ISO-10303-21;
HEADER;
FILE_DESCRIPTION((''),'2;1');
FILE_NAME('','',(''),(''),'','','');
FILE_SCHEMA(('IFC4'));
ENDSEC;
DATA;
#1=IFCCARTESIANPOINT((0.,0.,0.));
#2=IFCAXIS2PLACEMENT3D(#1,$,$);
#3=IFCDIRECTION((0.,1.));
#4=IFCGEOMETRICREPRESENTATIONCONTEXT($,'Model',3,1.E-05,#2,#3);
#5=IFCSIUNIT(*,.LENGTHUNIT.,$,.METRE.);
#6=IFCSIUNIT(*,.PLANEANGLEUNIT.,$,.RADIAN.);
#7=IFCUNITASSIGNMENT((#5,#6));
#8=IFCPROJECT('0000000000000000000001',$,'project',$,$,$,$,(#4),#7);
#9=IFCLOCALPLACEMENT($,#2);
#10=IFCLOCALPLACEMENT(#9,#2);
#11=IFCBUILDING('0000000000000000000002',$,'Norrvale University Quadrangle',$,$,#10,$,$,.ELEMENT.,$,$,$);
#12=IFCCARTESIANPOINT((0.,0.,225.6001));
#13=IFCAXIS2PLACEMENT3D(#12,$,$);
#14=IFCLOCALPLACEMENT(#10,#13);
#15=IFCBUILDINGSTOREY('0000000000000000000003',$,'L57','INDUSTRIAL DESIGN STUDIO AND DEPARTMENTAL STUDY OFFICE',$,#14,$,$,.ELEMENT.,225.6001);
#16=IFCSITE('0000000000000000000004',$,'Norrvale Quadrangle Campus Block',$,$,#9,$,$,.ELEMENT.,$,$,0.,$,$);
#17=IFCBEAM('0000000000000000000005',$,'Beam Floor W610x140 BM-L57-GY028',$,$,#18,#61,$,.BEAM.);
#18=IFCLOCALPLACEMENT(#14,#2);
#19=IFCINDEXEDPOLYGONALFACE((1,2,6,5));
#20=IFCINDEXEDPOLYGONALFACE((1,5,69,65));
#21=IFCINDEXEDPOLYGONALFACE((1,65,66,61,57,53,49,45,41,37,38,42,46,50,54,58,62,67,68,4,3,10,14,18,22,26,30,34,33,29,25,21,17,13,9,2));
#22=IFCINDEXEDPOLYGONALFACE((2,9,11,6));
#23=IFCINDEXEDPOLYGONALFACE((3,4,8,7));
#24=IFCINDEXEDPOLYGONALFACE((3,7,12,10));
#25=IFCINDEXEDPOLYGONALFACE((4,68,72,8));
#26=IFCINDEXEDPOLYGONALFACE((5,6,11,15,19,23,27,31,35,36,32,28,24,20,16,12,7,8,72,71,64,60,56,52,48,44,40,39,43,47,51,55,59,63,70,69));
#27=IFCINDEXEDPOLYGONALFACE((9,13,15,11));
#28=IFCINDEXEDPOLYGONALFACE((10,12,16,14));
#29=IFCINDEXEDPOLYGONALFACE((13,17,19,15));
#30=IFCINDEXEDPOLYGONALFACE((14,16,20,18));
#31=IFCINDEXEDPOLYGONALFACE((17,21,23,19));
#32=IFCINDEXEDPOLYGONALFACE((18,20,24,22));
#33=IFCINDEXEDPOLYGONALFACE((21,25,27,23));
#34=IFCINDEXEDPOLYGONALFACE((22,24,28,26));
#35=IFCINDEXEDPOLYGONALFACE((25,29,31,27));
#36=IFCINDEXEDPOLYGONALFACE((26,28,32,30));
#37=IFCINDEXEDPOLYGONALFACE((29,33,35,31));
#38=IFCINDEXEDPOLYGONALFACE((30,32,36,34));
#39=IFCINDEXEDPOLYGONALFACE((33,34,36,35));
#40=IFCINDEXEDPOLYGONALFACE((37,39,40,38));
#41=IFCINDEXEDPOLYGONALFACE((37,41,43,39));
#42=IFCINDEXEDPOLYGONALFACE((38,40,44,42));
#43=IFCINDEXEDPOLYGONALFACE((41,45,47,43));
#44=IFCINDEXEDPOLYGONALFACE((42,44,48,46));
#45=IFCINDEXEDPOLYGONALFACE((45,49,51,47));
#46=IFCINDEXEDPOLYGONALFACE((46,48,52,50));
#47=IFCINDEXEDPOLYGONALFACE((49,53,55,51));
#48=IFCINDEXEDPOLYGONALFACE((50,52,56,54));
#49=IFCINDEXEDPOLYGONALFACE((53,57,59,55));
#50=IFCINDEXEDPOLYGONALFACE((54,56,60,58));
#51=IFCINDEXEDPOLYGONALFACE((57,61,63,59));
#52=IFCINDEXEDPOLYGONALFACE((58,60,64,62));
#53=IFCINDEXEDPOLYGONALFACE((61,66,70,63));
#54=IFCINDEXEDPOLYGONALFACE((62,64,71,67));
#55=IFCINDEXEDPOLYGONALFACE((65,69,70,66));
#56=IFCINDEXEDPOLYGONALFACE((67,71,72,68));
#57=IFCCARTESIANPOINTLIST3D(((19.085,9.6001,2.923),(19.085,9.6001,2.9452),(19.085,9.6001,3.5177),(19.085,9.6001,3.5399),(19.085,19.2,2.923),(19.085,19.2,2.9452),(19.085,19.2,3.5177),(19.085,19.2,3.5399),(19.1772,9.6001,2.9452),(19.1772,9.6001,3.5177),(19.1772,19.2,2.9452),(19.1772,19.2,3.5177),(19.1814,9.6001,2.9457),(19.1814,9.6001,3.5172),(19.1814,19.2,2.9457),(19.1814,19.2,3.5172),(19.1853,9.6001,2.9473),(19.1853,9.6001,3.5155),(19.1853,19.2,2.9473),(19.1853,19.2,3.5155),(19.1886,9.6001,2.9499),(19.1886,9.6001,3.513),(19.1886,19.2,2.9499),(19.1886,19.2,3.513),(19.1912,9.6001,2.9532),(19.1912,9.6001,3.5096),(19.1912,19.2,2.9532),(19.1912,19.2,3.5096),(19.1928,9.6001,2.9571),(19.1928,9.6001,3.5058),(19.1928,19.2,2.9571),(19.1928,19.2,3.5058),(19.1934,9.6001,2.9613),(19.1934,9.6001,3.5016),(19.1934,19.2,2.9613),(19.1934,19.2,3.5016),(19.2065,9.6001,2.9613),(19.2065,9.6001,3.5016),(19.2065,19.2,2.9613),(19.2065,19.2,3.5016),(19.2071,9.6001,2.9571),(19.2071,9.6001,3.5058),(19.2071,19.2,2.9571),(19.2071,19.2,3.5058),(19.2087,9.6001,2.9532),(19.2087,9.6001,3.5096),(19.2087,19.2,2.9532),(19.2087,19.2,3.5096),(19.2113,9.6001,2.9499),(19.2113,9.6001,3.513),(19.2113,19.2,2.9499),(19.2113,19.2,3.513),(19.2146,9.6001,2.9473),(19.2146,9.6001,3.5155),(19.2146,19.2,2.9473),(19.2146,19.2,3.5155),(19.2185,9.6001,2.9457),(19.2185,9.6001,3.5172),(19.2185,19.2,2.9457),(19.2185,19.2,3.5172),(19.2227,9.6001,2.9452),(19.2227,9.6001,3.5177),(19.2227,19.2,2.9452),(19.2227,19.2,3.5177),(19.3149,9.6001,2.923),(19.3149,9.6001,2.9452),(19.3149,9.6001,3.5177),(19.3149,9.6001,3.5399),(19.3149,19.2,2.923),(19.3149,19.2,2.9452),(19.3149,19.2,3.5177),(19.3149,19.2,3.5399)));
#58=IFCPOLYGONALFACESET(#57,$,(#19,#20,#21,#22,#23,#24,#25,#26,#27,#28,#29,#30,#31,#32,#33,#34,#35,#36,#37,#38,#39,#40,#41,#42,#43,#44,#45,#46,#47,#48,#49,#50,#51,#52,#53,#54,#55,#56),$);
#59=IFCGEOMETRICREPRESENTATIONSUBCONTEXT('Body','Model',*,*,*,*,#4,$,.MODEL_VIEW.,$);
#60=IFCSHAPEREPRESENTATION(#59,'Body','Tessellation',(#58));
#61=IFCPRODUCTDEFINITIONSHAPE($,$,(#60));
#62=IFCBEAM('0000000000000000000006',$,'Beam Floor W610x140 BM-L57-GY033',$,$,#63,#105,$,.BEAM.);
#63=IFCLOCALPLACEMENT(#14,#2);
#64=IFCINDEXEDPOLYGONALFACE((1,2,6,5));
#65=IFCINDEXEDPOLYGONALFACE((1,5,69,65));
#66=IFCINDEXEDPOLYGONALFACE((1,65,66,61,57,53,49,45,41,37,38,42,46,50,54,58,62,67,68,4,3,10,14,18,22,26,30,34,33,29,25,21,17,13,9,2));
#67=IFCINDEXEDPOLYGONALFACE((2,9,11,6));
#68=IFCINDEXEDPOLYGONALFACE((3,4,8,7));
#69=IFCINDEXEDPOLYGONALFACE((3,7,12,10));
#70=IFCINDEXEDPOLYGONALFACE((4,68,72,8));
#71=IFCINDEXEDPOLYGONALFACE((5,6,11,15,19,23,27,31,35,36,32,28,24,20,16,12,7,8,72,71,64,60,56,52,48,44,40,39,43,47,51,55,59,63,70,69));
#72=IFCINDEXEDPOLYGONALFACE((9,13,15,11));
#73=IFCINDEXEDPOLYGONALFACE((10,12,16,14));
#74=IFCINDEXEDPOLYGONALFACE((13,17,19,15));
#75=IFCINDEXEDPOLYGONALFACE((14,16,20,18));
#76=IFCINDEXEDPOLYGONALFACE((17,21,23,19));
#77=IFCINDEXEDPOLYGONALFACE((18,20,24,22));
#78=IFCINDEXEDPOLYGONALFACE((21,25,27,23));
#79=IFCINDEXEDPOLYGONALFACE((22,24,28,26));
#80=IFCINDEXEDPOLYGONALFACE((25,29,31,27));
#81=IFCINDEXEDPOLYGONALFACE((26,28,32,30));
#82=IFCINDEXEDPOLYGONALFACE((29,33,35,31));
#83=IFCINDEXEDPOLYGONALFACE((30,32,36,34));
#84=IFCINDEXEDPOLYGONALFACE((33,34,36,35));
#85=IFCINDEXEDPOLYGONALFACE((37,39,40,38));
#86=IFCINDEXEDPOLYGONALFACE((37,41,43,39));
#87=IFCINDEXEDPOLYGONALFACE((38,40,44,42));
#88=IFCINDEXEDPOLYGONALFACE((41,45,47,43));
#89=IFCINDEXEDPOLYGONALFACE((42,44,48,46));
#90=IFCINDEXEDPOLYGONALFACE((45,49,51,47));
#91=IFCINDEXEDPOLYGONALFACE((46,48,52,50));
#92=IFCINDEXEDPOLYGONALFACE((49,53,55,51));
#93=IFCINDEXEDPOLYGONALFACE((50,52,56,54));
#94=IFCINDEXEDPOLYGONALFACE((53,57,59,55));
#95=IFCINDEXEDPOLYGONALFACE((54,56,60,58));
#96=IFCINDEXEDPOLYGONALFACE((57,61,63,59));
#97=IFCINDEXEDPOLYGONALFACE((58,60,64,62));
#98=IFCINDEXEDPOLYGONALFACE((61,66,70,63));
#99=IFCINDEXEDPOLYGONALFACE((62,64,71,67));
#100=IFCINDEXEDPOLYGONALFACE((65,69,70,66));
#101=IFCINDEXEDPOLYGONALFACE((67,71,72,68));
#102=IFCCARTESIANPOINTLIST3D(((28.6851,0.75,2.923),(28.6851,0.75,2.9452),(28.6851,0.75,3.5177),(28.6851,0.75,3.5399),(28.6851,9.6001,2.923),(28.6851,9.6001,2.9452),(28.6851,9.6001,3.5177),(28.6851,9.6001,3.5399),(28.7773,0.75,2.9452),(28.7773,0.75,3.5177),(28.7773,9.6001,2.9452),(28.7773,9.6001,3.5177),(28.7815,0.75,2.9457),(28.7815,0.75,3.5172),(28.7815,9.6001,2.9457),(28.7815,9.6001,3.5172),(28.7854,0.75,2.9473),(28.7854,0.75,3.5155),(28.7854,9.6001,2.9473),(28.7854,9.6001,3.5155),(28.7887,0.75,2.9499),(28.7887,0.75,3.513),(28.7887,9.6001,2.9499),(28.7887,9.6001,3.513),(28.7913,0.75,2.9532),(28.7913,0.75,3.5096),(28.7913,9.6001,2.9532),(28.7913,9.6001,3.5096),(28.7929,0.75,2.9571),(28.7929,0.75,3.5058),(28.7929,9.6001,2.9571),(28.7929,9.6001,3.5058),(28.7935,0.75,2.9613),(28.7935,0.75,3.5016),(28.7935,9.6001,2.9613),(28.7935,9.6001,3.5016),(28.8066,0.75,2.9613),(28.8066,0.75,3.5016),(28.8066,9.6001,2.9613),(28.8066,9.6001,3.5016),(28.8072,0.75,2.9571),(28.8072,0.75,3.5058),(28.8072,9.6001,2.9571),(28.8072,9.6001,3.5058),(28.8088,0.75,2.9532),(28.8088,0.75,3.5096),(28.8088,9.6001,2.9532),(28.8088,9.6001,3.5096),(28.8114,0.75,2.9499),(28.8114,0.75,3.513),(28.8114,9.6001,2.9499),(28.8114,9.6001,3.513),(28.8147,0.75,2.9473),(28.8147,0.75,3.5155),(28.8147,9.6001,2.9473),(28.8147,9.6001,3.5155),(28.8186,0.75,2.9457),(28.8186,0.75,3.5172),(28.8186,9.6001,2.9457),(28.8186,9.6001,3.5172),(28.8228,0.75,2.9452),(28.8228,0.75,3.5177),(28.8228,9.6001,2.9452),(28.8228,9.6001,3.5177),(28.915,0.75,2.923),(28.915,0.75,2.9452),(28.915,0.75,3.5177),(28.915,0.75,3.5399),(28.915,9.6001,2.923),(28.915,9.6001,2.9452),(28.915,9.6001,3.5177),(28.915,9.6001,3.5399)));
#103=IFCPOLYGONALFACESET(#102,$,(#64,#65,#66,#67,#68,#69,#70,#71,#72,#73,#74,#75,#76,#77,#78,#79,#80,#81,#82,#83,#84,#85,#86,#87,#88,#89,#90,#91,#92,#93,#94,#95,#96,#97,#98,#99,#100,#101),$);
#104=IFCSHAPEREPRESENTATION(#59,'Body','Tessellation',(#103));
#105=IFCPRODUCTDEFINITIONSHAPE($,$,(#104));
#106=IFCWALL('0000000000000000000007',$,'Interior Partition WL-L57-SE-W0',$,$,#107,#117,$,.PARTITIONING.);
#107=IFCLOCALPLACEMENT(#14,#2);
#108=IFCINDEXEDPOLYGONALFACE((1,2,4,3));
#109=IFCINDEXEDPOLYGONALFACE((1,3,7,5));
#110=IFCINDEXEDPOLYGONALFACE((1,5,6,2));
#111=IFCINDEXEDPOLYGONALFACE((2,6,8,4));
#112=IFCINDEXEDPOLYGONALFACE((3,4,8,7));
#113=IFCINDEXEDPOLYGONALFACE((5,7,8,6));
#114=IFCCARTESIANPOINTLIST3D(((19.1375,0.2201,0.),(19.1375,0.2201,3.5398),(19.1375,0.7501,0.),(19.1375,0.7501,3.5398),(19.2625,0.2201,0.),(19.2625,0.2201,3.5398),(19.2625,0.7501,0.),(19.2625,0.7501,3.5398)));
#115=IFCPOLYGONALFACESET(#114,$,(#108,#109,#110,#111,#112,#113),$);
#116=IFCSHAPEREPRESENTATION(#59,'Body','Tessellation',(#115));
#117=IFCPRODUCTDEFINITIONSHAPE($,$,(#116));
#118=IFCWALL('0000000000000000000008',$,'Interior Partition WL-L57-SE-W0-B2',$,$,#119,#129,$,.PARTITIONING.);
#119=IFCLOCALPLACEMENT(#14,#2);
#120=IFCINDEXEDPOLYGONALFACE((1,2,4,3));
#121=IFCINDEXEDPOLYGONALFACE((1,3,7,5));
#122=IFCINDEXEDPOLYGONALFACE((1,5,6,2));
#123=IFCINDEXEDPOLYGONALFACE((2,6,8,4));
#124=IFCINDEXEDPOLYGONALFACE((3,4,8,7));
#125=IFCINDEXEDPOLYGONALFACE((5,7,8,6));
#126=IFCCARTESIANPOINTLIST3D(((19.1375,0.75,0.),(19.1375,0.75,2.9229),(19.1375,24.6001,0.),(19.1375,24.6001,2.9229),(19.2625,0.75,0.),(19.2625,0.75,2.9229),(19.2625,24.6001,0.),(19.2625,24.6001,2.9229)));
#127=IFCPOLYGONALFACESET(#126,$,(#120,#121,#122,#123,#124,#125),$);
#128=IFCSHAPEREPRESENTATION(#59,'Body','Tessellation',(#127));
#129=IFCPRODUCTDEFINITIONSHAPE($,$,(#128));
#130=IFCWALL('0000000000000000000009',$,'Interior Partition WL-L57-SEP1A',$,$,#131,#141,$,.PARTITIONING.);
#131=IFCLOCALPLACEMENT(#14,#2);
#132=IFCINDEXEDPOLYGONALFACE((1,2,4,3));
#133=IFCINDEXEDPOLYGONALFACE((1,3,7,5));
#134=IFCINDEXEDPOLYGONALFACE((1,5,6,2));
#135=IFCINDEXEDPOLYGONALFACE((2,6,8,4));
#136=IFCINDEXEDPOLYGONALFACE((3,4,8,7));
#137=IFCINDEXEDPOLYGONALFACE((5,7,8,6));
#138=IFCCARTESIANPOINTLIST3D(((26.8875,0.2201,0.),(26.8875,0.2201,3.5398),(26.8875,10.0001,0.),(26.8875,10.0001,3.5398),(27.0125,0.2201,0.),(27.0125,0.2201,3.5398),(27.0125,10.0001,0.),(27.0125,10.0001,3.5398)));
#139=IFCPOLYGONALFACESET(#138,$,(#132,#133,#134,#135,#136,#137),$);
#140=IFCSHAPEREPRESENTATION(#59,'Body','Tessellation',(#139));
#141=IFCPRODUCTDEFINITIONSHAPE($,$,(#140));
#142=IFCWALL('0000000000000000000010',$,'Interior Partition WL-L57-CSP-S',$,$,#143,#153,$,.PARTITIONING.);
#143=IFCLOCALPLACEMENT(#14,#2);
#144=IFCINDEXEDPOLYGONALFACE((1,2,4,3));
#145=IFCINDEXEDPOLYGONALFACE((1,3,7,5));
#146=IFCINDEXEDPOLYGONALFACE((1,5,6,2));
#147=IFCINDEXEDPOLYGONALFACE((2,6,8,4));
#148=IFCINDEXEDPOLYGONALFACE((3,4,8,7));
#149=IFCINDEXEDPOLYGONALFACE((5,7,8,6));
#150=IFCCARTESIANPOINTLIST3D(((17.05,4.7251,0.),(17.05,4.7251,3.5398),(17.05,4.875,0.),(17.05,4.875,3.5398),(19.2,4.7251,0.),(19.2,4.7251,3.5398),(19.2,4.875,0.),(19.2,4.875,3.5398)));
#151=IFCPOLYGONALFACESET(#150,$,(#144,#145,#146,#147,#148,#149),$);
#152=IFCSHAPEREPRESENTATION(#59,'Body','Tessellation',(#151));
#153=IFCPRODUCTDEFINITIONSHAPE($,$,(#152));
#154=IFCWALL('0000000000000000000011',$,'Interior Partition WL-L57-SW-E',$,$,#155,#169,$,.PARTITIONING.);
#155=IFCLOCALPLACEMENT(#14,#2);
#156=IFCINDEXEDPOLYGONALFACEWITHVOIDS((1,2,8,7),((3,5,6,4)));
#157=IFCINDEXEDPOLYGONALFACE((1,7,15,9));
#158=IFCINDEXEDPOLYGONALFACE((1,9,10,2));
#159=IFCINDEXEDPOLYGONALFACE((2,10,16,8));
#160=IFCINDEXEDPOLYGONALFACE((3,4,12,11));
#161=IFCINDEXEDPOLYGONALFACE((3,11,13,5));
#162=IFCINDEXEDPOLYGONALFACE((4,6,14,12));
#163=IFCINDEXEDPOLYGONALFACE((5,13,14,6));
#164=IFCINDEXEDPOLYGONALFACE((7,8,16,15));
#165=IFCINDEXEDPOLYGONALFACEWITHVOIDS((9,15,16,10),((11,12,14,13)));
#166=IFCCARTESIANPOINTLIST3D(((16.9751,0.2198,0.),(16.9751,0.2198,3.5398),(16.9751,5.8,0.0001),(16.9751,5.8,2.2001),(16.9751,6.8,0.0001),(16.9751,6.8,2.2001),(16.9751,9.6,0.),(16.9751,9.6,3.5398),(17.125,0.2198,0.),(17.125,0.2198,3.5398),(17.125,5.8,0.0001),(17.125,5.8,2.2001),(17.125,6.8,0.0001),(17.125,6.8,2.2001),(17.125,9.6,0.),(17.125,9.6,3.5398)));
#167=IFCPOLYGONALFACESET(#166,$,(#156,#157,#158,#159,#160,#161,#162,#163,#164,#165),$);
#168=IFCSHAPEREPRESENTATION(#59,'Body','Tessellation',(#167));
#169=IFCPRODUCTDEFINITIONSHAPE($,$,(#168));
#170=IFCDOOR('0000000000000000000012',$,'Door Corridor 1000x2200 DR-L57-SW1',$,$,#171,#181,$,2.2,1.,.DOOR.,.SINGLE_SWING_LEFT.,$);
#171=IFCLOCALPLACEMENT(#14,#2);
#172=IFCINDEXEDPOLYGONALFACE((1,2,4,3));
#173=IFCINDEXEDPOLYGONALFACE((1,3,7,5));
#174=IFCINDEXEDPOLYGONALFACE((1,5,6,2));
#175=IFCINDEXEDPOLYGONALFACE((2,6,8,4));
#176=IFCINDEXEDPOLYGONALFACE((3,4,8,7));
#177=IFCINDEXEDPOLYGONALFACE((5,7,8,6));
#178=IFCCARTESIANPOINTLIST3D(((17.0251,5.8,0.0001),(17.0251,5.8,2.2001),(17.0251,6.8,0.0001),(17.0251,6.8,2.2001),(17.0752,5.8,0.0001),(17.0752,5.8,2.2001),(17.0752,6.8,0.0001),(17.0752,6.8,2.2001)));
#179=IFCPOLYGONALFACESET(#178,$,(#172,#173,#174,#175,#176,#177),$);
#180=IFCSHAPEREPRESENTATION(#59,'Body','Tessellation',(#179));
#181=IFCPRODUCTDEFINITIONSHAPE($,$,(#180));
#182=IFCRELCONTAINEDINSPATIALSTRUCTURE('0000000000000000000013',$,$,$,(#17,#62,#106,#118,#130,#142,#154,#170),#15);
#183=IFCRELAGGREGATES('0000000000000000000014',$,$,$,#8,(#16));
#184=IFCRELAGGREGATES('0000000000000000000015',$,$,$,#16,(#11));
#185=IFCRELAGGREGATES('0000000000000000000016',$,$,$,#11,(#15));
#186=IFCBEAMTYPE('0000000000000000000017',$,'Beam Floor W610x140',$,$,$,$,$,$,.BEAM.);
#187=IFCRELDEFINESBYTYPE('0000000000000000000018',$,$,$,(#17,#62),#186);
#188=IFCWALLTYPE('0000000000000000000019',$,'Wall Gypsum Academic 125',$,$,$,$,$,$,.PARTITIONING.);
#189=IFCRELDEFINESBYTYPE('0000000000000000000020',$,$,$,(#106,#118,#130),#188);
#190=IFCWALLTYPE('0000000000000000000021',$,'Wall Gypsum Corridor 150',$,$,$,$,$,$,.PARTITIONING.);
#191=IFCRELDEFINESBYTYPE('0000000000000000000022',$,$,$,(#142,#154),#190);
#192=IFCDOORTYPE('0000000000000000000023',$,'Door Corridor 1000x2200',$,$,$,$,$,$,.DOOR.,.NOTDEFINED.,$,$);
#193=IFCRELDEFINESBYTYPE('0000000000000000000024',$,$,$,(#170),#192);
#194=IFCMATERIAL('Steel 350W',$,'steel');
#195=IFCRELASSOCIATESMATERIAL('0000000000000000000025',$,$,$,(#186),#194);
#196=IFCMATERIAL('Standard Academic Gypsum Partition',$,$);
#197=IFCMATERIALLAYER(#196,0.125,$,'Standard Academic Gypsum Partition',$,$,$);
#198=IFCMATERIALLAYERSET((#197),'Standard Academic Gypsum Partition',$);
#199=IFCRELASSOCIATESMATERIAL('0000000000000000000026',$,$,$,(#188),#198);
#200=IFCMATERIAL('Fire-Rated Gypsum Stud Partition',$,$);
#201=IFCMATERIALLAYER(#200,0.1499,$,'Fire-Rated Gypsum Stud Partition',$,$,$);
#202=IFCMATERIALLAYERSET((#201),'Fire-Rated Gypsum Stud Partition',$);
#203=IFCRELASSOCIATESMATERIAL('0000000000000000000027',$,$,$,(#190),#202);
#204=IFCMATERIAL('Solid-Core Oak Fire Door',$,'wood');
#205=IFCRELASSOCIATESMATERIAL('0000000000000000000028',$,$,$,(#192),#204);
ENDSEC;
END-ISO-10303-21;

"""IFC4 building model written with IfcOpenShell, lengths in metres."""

from ifc_helpers import new_model, si_unit, direction, frame, frame_2d, origin, origin_2d, place, context, subcontext, project, spatial, rectangle, i_section, extrude, material, layer, layer_set, material_profile, profile_set, type_object, element, fill, save


model = new_model("IFC4")

# Units and contexts
model_context = context("Model", 3, precision=1e-05, world=origin(), true_north=direction((0.0, 1.0)))
body_context = subcontext(model_context, "Body", "Model", "MODEL_VIEW")
ifc_project = project(units=[si_unit("LENGTHUNIT", "METRE"), si_unit("PLANEANGLEUNIT", "RADIAN")], contexts=[model_context])

# Site, building, storey
site_placement = place(None, origin())
site = spatial("IfcSite", under=ifc_project, at=site_placement, Name="Norrvale Quadrangle Campus Block", CompositionType="ELEMENT", RefElevation=0.0)
building_placement = place(site_placement, origin())
building = spatial("IfcBuilding", under=site, at=building_placement, Name="Norrvale University Quadrangle", CompositionType="ELEMENT")
storey_placement = place(building_placement, frame((0.0, 0.0, 225.6001)))
storey = spatial("IfcBuildingStorey", under=building, at=storey_placement, Name="L57", Description="INDUSTRIAL DESIGN STUDIO AND DEPARTMENTAL STUDY OFFICE", CompositionType="ELEMENT", Elevation=225.6001)

# Beams
ifc_material_1 = material(Name="Steel 350W", Category="steel")
ifc_material_profile_1 = material_profile(ifc_material_1, i_section(OverallWidth=0.23, OverallDepth=0.6169, WebThickness=0.0132, FlangeThickness=0.0222, FilletRadius=0.0161, at=origin_2d()), Name="Steel 350W")
ifc_profile_set_1 = profile_set([ifc_material_profile_1], Name="Steel 350W")
beam_type_1 = type_object("IfcBeamType", Name="Beam Floor W610x140", PredefinedType="BEAM", material=ifc_profile_set_1)
beam_1_placement = place(storey_placement, frame((19.2, 9.6001, 3.2314), z_axis=(0.0, 1.0, 0.0), x_axis=(-1.0, 0.0, 0.0)))
element("IfcBeam", 1, at=beam_1_placement, inside=storey, type_object=beam_type_1, Name="Beam Floor W610x140 BM-L57-GY028", PredefinedType="BEAM", context=body_context, shape_type="SweptSolid", body=[
    extrude(i_section(OverallWidth=0.23, OverallDepth=0.6169, WebThickness=0.0132, FlangeThickness=0.0222, FilletRadius=0.0161, at=origin_2d()), origin(), (0.0, 0.0, 1.0), 9.5999),
])
beam_2_placement = place(storey_placement, frame((28.8, 0.75, 3.2314), z_axis=(0.0, 1.0, 0.0), x_axis=(-1.0, 0.0, 0.0)))
element("IfcBeam", 2, at=beam_2_placement, inside=storey, type_object=beam_type_1, Name="Beam Floor W610x140 BM-L57-GY033", PredefinedType="BEAM", context=body_context, shape_type="SweptSolid", body=[
    extrude(i_section(OverallWidth=0.23, OverallDepth=0.6169, WebThickness=0.0132, FlangeThickness=0.0222, FilletRadius=0.0161, at=origin_2d()), origin(), (0.0, 0.0, 1.0), 8.8501),
])

# Walls
ifc_material_2 = material(Name="Standard Academic Gypsum Partition")
ifc_layer_1 = layer(ifc_material_2, 0.125, Name="Standard Academic Gypsum Partition")
ifc_layer_set_1 = layer_set([ifc_layer_1], Name="Standard Academic Gypsum Partition")
wall_type_1 = type_object("IfcWallType", Name="Wall Gypsum Academic 125", PredefinedType="PARTITIONING", material=ifc_layer_set_1)
wall_1_placement = place(storey_placement, frame((19.2, 0.22, 0.0), z_axis=(0.0, 0.0, 1.0), x_axis=(0.0, 1.0, 0.0)))
element("IfcWall", 3, at=wall_1_placement, inside=storey, type_object=wall_type_1, Name="Interior Partition WL-L57-SE-W0", PredefinedType="PARTITIONING", context=body_context, shape_type="SweptSolid", body=[
    extrude(rectangle(XDim=0.53, YDim=0.125, at=frame_2d((0.2651, 0.0))), origin(), (0.0, 0.0, 1.0), 3.5398),
])
wall_2_placement = place(storey_placement, frame((19.2, 0.75, 0.0), z_axis=(0.0, 0.0, 1.0), x_axis=(0.0, 1.0, 0.0)))
element("IfcWall", 4, at=wall_2_placement, inside=storey, type_object=wall_type_1, Name="Interior Partition WL-L57-SE-W0-B2", PredefinedType="PARTITIONING", context=body_context, shape_type="SweptSolid", body=[
    extrude(rectangle(XDim=23.8501, YDim=0.125, at=frame_2d((11.925, 0.0))), origin(), (0.0, 0.0, 1.0), 2.9229),
])
wall_3_placement = place(storey_placement, frame((26.95, 0.22, 0.0), z_axis=(0.0, 0.0, 1.0), x_axis=(0.0, 1.0, 0.0)))
element("IfcWall", 5, at=wall_3_placement, inside=storey, type_object=wall_type_1, Name="Interior Partition WL-L57-SEP1A", PredefinedType="PARTITIONING", context=body_context, shape_type="SweptSolid", body=[
    extrude(rectangle(XDim=9.78, YDim=0.125, at=frame_2d((4.8901, 0.0))), origin(), (0.0, 0.0, 1.0), 3.5398),
])
ifc_material_3 = material(Name="Fire-Rated Gypsum Stud Partition")
ifc_layer_2 = layer(ifc_material_3, 0.1499, Name="Fire-Rated Gypsum Stud Partition")
ifc_layer_set_2 = layer_set([ifc_layer_2], Name="Fire-Rated Gypsum Stud Partition")
wall_type_2 = type_object("IfcWallType", Name="Wall Gypsum Corridor 150", PredefinedType="PARTITIONING", material=ifc_layer_set_2)
wall_4_placement = place(storey_placement, frame((17.05, 4.8, 0.0), z_axis=(0.0, 0.0, 1.0), x_axis=(1.0, 0.0, 0.0)))
element("IfcWall", 6, at=wall_4_placement, inside=storey, type_object=wall_type_2, Name="Interior Partition WL-L57-CSP-S", PredefinedType="PARTITIONING", context=body_context, shape_type="SweptSolid", body=[
    extrude(rectangle(XDim=2.1499, YDim=0.1499, at=frame_2d((1.075, 0.0))), origin(), (0.0, 0.0, 1.0), 3.5398),
])

# Wall, opening, door
wall_5_placement = place(storey_placement, frame((17.05, 0.22, 0.0), z_axis=(0.0, 0.0, 1.0), x_axis=(0.0, 1.0, 0.0)))
wall_5 = element("IfcWall", 7, at=wall_5_placement, inside=storey, type_object=wall_type_2, Name="Interior Partition WL-L57-SW-E", PredefinedType="PARTITIONING", context=body_context, shape_type="SweptSolid", body=[
    extrude(rectangle(XDim=9.3801, YDim=0.1499, at=frame_2d((4.6899, 0.0))), origin(), (0.0, 0.0, 1.0), 3.5398),
])
opening_placement = place(wall_5_placement, frame((5.5801, 0.0, 0.0)))
opening = element("IfcOpeningElement", 8, at=opening_placement, cuts=wall_5, PredefinedType="OPENING", context=body_context, shape_type="SweptSolid", body=[
    extrude(rectangle(XDim=1.0, YDim=2.2, at=frame_2d((0.5, 1.1001))), frame((0.0, 0.0869, 0.0), z_axis=(0.0, -1.0, 0.0), x_axis=(1.0, 0.0, 0.0)), (0.0, 0.0, 1.0), 0.1738),
])
ifc_material_4 = material(Name="Solid-Core Oak Fire Door", Category="wood")
door_type = type_object("IfcDoorType", Name="Door Corridor 1000x2200", OperationType="NOTDEFINED", PredefinedType="DOOR", material=ifc_material_4)
door_placement = place(opening_placement, origin())
door = element("IfcDoor", 9, at=door_placement, inside=storey, type_object=door_type, Name="Door Corridor 1000x2200 DR-L57-SW1", OperationType="SINGLE_SWING_LEFT", OverallHeight=2.2, OverallWidth=1.0, PredefinedType="DOOR", context=body_context, shape_type="SweptSolid", body=[
    extrude(rectangle(XDim=1.0, YDim=2.2, at=frame_2d((0.5, 1.1001))), frame((0.0, 0.0249, 0.0), z_axis=(0.0, -1.0, 0.0), x_axis=(1.0, 0.0, 0.0)), (0.0, 0.0, 1.0), 0.05),
])
fill(opening, door)

save(model, "model.ifc")
